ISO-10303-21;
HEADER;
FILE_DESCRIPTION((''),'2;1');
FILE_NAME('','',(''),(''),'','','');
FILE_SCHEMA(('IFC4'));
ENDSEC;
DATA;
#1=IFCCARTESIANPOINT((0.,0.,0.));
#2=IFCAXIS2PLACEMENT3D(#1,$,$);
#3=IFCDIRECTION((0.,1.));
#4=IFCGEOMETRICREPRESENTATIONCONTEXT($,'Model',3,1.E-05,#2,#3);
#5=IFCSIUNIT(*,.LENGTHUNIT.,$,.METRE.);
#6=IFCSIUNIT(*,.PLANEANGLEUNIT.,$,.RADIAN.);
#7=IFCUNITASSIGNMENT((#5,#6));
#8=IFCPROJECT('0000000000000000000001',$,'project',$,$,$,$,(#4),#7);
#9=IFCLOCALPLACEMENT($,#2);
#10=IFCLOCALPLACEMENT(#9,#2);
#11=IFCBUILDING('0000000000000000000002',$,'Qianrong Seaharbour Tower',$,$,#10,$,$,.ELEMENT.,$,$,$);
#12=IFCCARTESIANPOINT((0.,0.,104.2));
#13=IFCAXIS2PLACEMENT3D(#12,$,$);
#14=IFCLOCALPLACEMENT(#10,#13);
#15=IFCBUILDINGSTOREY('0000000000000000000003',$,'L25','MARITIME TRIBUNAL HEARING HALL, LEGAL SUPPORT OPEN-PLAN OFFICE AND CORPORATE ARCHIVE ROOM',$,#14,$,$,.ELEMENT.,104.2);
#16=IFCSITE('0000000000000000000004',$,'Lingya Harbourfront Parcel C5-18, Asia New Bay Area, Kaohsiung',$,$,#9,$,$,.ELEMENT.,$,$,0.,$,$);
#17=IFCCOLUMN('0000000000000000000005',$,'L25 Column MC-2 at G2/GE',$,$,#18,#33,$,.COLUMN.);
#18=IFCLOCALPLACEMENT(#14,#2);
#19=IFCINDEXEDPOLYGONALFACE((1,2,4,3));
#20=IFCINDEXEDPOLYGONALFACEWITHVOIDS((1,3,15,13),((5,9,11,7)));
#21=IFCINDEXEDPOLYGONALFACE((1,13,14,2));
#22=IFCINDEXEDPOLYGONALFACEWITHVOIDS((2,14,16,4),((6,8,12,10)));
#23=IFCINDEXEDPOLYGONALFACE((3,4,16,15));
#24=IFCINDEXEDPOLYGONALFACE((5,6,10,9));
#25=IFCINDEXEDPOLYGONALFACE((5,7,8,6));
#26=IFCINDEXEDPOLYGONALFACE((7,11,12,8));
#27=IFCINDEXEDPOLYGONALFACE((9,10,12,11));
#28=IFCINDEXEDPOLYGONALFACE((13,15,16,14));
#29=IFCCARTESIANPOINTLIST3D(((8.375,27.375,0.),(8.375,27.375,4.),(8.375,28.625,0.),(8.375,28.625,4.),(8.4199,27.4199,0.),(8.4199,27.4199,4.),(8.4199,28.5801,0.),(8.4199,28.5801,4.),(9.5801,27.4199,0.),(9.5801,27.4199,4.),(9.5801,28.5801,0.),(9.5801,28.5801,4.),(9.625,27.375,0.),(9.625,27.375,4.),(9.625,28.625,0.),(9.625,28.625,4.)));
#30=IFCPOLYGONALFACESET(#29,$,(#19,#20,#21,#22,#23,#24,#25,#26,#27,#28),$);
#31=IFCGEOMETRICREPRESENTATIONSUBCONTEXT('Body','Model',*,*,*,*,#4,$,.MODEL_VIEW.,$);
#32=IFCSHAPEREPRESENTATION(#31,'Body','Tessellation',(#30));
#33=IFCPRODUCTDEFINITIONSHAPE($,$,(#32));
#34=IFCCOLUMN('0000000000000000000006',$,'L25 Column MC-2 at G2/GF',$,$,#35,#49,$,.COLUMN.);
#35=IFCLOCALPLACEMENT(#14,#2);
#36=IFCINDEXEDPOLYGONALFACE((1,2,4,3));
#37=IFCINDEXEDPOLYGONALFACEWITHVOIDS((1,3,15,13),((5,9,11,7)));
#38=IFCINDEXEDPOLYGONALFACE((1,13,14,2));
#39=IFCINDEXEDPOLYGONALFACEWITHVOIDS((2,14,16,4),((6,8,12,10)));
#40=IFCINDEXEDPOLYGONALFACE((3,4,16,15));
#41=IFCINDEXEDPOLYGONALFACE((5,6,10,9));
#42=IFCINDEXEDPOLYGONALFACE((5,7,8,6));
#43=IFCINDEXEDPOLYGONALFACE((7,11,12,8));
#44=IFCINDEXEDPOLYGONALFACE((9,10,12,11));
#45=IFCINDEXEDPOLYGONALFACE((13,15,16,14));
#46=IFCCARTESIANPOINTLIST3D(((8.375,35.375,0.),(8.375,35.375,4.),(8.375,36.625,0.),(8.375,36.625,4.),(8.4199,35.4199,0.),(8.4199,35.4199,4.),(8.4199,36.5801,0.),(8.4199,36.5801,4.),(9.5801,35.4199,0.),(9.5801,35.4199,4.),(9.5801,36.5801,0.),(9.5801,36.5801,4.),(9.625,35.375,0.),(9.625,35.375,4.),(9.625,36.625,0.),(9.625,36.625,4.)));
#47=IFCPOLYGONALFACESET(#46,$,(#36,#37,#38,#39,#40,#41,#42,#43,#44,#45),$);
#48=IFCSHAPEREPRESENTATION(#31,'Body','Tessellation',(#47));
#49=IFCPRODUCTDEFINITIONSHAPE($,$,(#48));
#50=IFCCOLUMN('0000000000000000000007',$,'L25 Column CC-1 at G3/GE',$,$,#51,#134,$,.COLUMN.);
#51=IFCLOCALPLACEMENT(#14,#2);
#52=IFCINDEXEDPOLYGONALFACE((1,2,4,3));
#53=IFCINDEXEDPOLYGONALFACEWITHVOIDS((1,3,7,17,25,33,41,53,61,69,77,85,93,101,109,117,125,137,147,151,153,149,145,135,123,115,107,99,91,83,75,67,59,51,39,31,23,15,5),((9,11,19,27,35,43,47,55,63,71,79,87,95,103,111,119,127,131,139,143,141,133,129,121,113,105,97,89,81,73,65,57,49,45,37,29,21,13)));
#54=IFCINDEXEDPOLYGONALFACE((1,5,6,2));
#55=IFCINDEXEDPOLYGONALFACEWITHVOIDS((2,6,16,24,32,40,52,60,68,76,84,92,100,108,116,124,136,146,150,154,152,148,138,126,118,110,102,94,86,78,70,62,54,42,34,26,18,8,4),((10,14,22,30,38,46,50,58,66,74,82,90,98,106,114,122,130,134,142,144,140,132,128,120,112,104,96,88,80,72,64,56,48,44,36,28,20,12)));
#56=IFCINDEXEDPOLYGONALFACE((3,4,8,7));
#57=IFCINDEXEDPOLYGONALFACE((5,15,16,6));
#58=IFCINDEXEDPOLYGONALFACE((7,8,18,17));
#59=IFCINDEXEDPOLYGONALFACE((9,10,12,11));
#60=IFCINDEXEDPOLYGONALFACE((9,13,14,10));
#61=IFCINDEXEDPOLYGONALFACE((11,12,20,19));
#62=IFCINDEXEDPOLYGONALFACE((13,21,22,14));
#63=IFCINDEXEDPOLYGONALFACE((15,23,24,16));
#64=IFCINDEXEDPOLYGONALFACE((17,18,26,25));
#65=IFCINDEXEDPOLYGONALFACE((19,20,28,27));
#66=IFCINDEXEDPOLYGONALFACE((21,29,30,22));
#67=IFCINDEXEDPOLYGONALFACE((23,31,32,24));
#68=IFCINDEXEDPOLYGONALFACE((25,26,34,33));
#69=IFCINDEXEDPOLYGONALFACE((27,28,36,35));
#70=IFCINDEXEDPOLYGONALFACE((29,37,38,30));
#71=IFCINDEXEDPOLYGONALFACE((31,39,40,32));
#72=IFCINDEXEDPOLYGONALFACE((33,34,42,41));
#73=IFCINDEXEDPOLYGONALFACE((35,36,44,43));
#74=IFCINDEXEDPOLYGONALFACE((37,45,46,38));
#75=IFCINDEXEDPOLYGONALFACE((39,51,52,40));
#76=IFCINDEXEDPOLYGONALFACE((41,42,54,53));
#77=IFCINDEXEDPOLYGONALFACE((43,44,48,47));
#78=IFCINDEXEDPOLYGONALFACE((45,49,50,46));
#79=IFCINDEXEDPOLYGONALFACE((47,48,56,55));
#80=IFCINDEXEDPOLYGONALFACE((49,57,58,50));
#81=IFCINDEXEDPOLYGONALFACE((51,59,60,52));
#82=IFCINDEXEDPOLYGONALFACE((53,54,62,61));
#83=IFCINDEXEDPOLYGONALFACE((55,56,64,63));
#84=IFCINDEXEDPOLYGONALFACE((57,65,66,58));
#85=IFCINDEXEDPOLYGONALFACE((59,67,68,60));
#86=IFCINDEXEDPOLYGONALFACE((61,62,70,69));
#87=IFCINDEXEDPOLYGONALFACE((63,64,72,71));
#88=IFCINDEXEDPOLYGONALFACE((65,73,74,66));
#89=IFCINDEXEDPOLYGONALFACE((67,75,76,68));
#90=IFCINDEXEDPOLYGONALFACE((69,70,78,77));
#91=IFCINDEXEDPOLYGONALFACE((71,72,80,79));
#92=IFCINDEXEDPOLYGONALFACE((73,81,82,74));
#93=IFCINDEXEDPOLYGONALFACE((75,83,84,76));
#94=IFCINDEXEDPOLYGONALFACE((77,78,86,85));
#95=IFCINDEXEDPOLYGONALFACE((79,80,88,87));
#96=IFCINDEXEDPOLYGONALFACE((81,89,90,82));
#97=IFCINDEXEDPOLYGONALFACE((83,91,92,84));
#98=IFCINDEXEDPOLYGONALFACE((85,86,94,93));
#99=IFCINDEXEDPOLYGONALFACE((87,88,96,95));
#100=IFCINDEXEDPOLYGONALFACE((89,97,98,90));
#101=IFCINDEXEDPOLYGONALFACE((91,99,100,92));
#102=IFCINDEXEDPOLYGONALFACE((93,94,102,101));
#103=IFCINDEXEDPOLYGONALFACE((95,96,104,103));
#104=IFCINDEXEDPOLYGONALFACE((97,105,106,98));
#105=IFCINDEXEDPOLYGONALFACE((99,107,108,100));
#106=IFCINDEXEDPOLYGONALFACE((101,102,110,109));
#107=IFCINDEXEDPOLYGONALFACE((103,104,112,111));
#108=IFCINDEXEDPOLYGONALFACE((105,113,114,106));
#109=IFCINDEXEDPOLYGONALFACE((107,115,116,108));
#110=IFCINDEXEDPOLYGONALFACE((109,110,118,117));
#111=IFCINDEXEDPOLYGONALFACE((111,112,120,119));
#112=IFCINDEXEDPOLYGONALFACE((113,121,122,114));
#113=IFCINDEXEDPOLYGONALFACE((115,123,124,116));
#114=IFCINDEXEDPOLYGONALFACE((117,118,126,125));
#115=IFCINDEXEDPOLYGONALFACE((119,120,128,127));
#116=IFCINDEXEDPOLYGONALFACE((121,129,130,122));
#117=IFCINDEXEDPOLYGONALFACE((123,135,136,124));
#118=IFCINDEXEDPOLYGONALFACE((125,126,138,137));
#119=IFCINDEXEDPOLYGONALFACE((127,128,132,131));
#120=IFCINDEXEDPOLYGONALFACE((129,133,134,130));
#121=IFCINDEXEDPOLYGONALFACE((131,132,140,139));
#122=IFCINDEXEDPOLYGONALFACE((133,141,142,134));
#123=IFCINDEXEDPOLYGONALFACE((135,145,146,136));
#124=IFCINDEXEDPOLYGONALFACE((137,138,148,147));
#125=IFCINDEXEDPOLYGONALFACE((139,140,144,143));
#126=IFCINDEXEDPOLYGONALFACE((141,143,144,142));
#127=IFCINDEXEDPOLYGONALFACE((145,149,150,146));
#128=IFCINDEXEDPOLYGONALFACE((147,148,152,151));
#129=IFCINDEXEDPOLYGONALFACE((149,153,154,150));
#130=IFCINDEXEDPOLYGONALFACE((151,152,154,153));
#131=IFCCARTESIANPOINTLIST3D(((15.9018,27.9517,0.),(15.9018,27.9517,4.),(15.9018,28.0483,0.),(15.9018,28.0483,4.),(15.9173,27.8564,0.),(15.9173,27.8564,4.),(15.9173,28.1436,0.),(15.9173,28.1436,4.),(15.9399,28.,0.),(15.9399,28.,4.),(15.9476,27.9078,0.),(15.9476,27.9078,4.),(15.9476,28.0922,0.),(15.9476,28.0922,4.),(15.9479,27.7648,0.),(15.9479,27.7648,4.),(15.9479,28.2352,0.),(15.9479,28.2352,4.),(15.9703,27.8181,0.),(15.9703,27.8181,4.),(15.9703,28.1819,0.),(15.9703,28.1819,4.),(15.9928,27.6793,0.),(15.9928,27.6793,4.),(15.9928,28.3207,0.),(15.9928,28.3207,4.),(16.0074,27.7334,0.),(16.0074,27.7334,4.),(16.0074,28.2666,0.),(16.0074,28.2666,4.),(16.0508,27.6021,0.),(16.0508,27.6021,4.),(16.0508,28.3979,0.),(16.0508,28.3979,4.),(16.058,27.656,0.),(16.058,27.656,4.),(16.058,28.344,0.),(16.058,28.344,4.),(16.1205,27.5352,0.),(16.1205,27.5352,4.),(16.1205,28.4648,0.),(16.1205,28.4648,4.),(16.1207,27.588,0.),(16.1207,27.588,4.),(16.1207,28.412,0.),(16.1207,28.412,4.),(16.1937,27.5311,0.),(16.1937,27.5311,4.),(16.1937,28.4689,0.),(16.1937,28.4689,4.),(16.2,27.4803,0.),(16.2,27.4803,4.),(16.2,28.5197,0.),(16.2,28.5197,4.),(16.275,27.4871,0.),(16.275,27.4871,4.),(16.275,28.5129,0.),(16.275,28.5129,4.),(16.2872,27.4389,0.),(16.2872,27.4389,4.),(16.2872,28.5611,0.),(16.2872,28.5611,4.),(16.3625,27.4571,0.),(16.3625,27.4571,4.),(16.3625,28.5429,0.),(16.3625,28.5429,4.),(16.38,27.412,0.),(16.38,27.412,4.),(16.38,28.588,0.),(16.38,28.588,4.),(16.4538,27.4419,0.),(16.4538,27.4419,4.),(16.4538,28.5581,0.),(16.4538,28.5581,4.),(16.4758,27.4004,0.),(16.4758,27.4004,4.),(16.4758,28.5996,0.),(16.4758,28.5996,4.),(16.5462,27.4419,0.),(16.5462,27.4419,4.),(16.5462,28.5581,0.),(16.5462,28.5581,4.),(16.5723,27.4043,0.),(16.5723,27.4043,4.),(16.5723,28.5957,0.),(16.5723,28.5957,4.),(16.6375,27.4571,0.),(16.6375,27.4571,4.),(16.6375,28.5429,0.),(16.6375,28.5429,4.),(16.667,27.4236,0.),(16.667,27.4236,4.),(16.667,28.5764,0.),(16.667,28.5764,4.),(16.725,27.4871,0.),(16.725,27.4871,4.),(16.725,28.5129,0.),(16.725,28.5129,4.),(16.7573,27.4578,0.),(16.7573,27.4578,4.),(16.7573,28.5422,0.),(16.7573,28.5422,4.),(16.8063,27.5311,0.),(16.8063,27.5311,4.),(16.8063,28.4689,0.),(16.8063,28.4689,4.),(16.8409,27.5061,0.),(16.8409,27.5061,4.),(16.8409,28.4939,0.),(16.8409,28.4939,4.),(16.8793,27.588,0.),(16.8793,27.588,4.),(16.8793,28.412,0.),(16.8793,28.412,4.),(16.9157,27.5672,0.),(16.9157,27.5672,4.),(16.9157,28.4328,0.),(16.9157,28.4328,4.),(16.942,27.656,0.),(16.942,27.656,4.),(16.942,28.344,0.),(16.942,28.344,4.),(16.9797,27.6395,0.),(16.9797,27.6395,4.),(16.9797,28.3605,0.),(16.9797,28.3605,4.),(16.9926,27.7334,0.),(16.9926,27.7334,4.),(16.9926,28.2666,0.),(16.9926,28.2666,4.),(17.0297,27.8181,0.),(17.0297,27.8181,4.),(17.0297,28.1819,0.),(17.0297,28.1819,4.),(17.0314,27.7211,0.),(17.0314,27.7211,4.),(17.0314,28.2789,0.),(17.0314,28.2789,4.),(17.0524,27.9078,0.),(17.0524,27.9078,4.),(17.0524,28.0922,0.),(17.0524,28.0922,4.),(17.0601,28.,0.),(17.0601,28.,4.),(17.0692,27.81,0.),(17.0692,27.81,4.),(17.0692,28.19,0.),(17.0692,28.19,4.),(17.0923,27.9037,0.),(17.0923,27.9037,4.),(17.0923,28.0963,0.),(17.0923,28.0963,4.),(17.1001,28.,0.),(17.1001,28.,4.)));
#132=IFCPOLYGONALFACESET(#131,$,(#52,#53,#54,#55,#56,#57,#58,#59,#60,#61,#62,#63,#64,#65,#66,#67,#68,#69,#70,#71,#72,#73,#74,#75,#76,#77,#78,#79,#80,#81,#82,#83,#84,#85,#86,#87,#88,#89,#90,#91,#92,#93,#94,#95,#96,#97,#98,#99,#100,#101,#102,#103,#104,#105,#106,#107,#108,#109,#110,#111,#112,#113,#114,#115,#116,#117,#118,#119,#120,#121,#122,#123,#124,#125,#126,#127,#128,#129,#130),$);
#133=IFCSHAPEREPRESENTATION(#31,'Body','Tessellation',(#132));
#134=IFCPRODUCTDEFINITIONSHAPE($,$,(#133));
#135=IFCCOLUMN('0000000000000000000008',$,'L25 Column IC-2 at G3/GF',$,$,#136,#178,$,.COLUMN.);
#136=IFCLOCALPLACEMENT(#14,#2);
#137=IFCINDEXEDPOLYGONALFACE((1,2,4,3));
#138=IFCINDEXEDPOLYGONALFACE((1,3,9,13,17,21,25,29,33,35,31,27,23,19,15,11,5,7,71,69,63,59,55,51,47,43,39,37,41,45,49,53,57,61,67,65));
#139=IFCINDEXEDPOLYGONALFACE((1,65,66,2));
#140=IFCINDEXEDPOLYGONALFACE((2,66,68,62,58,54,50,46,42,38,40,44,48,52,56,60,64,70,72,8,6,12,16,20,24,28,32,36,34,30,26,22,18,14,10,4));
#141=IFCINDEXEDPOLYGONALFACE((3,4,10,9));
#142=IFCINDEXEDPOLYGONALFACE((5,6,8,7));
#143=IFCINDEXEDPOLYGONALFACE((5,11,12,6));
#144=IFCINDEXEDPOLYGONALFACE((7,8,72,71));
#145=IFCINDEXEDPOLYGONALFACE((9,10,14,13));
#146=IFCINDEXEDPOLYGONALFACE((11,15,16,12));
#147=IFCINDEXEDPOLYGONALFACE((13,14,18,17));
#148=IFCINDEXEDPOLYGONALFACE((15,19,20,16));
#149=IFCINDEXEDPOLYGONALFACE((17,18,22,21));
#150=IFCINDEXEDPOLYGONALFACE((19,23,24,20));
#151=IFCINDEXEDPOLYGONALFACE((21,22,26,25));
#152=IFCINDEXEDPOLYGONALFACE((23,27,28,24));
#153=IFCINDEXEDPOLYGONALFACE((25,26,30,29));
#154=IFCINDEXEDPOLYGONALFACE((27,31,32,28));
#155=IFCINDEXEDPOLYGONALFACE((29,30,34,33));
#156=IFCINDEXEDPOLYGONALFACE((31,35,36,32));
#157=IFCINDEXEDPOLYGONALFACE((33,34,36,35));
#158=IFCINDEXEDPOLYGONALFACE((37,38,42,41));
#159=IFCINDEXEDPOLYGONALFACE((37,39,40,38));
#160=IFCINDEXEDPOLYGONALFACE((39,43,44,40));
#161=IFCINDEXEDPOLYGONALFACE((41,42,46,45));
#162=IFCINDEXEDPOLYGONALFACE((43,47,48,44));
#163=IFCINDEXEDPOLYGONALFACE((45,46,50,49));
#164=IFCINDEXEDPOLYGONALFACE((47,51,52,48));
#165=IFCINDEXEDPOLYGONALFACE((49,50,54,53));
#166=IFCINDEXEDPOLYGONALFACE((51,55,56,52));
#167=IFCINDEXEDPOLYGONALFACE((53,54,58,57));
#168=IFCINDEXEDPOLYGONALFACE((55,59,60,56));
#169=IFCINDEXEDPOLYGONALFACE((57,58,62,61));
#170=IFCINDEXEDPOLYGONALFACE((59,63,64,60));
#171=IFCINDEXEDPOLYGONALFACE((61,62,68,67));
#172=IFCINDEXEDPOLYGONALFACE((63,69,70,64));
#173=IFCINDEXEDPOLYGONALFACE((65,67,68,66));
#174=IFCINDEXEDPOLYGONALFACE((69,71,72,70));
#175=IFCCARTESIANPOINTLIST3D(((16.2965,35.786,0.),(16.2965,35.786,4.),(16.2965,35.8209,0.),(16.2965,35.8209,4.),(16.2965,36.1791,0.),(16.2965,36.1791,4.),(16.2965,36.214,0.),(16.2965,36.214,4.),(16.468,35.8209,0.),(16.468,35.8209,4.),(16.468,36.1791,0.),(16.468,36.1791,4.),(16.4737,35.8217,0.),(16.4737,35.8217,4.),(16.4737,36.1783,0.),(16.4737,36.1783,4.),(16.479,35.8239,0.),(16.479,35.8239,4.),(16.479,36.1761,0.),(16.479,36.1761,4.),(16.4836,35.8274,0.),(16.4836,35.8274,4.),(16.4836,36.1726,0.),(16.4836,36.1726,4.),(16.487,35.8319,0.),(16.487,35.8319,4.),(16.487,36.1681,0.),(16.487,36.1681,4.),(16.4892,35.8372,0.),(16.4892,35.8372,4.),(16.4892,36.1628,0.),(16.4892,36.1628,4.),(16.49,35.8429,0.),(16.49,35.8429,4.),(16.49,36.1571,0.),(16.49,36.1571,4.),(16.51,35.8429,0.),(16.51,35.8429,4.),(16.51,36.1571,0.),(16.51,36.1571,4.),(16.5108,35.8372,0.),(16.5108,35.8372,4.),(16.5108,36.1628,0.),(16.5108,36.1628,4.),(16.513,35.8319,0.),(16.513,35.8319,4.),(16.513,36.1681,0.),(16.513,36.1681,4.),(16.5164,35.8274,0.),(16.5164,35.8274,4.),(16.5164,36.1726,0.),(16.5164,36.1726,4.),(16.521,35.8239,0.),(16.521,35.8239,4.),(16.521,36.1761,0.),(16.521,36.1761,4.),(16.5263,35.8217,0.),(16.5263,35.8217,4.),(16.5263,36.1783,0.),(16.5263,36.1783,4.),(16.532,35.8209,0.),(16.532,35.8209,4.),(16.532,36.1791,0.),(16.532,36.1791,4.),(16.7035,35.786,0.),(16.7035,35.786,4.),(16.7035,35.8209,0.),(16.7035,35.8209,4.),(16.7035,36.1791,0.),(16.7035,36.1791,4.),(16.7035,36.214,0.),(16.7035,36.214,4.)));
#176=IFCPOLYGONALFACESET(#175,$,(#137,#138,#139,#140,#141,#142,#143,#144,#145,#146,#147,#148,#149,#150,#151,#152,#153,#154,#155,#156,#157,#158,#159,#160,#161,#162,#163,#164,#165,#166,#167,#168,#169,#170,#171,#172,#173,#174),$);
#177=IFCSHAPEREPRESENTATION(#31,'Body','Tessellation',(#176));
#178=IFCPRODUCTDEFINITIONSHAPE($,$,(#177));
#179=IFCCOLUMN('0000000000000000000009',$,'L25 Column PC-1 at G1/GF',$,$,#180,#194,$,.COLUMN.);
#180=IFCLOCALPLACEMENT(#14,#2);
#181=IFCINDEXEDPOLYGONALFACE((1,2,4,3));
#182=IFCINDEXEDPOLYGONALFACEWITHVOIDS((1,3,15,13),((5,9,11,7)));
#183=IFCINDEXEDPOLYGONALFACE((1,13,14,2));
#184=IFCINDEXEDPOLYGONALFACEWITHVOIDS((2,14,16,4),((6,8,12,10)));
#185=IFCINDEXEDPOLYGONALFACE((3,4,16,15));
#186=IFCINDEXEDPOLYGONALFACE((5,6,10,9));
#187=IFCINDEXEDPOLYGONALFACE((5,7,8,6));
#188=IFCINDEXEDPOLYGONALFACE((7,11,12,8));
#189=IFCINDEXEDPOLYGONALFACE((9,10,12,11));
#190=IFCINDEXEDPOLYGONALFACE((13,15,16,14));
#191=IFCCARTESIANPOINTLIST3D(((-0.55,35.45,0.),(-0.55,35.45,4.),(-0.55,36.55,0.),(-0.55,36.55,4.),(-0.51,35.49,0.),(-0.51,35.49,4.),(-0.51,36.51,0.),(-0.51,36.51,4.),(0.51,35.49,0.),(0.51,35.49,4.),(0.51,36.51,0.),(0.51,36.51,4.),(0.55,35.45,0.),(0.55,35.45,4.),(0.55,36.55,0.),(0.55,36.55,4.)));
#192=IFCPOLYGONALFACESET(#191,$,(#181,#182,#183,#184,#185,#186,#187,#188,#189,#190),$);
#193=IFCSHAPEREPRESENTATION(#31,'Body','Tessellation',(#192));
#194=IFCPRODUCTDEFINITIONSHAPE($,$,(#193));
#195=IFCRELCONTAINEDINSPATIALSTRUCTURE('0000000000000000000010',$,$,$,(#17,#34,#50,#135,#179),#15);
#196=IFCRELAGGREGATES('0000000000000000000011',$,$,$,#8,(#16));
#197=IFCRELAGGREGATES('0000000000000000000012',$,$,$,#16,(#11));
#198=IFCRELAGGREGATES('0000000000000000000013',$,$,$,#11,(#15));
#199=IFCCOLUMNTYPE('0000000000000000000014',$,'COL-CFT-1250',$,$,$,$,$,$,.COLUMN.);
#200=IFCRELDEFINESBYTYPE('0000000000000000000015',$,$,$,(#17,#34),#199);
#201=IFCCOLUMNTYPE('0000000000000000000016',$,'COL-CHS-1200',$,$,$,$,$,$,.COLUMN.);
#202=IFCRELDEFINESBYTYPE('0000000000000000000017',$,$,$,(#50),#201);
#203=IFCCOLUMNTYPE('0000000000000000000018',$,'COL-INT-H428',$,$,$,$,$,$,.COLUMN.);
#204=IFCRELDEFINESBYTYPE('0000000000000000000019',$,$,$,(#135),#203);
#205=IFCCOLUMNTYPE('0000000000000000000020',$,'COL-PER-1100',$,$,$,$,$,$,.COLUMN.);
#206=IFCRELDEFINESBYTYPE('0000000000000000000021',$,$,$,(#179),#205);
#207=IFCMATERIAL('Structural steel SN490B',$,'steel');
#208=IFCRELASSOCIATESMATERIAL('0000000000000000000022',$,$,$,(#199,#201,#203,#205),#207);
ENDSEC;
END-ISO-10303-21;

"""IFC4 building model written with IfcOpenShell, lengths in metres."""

from ifc_helpers import new_model, si_unit, direction, frame, origin, origin_2d, place, context, subcontext, project, spatial, hollow_rectangle, hollow_circle, i_section, extrude, material, material_profile, profile_set, type_object, element, save


model = new_model("IFC4")

# Units and contexts
model_context = context("Model", 3, precision=1e-05, world=origin(), true_north=direction((0.0, 1.0)))
body_context = subcontext(model_context, "Body", "Model", "MODEL_VIEW")
ifc_project = project(units=[si_unit("LENGTHUNIT", "METRE"), si_unit("PLANEANGLEUNIT", "RADIAN")], contexts=[model_context])

# Site, building, storey
site_placement = place(None, origin())
site = spatial("IfcSite", under=ifc_project, at=site_placement, Name="Lingya Harbourfront Parcel C5-18, Asia New Bay Area, Kaohsiung", CompositionType="ELEMENT", RefElevation=0.0)
building_placement = place(site_placement, origin())
building = spatial("IfcBuilding", under=site, at=building_placement, Name="Qianrong Seaharbour Tower", CompositionType="ELEMENT")
storey_placement = place(building_placement, frame((0.0, 0.0, 104.2)))
storey = spatial("IfcBuildingStorey", under=building, at=storey_placement, Name="L25", Description="MARITIME TRIBUNAL HEARING HALL, LEGAL SUPPORT OPEN-PLAN OFFICE AND CORPORATE ARCHIVE ROOM", CompositionType="ELEMENT", Elevation=104.2)

# Columns
ifc_material_1 = material(Name="Structural steel SN490B", Category="steel")
ifc_material_profile_1 = material_profile(ifc_material_1, hollow_rectangle(XDim=1.25, YDim=1.25, WallThickness=0.0449, at=origin_2d()), Name="BOX1250x1250x45")
ifc_profile_set_1 = profile_set([ifc_material_profile_1], Name="Structural steel SN490B")
column_type_1 = type_object("IfcColumnType", Name="COL-CFT-1250", PredefinedType="COLUMN", material=ifc_profile_set_1)
for number, where, z_axis, x_axis, name in (
    (1, (9.0, 28.0, 0.0), (0.0, 0.0, 1.0), (1.0, 0.0, 0.0), "L25 Column MC-2 at G2/GE"),
    (2, (9.0, 36.0, 0.0), (0.0, 0.0, 1.0), (1.0, 0.0, 0.0), "L25 Column MC-2 at G2/GF"),
):
    element("IfcColumn", number, at=place(storey_placement, frame(where, z_axis=z_axis, x_axis=x_axis)), inside=storey, type_object=column_type_1, Name=name, PredefinedType="COLUMN", context=body_context, shape_type="SweptSolid", body=[
        extrude(hollow_rectangle(XDim=1.25, YDim=1.25, WallThickness=0.0449, at=origin_2d()), origin(), (0.0, 0.0, 1.0), 4.0),
    ])
ifc_material_profile_2 = material_profile(ifc_material_1, hollow_circle(Radius=0.6001, WallThickness=0.04, at=origin_2d()), Name="CHS1200x40")
ifc_profile_set_2 = profile_set([ifc_material_profile_2], Name="Structural steel SN490B")
column_type_2 = type_object("IfcColumnType", Name="COL-CHS-1200", PredefinedType="COLUMN", material=ifc_profile_set_2)
column_1_placement = place(storey_placement, frame((16.5, 28.0, 0.0), z_axis=(0.0, 0.0, 1.0), x_axis=(1.0, 0.0, 0.0)))
element("IfcColumn", 3, at=column_1_placement, inside=storey, type_object=column_type_2, Name="L25 Column CC-1 at G3/GE", PredefinedType="COLUMN", context=body_context, shape_type="SweptSolid", body=[
    extrude(hollow_circle(Radius=0.6001, WallThickness=0.04, at=origin_2d()), origin(), (0.0, 0.0, 1.0), 4.0),
])
ifc_material_profile_3 = material_profile(ifc_material_1, i_section(OverallWidth=0.407, OverallDepth=0.428, WebThickness=0.02, FlangeThickness=0.0349, FilletRadius=0.022, at=origin_2d()), Name="H428x407x20x35")
ifc_profile_set_3 = profile_set([ifc_material_profile_3], Name="Structural steel SN490B")
column_type_3 = type_object("IfcColumnType", Name="COL-INT-H428", PredefinedType="COLUMN", material=ifc_profile_set_3)
column_2_placement = place(storey_placement, frame((16.5, 36.0, 0.0), z_axis=(0.0, 0.0, 1.0), x_axis=(1.0, 0.0, 0.0)))
element("IfcColumn", 4, at=column_2_placement, inside=storey, type_object=column_type_3, Name="L25 Column IC-2 at G3/GF", PredefinedType="COLUMN", context=body_context, shape_type="SweptSolid", body=[
    extrude(i_section(OverallWidth=0.407, OverallDepth=0.428, WebThickness=0.02, FlangeThickness=0.0349, FilletRadius=0.022, at=origin_2d()), origin(), (0.0, 0.0, 1.0), 4.0),
])
ifc_material_profile_4 = material_profile(ifc_material_1, hollow_rectangle(XDim=1.1001, YDim=1.1001, WallThickness=0.04, at=origin_2d()), Name="BOX1100x1100x40")
ifc_profile_set_4 = profile_set([ifc_material_profile_4], Name="Structural steel SN490B")
column_type_4 = type_object("IfcColumnType", Name="COL-PER-1100", PredefinedType="COLUMN", material=ifc_profile_set_4)
column_3_placement = place(storey_placement, frame((0.0, 36.0, 0.0), z_axis=(0.0, 0.0, 1.0), x_axis=(1.0, 0.0, 0.0)))
element("IfcColumn", 5, at=column_3_placement, inside=storey, type_object=column_type_4, Name="L25 Column PC-1 at G1/GF", PredefinedType="COLUMN", context=body_context, shape_type="SweptSolid", body=[
    extrude(hollow_rectangle(XDim=1.1001, YDim=1.1001, WallThickness=0.04, at=origin_2d()), origin(), (0.0, 0.0, 1.0), 4.0),
])

save(model, "model.ifc")
